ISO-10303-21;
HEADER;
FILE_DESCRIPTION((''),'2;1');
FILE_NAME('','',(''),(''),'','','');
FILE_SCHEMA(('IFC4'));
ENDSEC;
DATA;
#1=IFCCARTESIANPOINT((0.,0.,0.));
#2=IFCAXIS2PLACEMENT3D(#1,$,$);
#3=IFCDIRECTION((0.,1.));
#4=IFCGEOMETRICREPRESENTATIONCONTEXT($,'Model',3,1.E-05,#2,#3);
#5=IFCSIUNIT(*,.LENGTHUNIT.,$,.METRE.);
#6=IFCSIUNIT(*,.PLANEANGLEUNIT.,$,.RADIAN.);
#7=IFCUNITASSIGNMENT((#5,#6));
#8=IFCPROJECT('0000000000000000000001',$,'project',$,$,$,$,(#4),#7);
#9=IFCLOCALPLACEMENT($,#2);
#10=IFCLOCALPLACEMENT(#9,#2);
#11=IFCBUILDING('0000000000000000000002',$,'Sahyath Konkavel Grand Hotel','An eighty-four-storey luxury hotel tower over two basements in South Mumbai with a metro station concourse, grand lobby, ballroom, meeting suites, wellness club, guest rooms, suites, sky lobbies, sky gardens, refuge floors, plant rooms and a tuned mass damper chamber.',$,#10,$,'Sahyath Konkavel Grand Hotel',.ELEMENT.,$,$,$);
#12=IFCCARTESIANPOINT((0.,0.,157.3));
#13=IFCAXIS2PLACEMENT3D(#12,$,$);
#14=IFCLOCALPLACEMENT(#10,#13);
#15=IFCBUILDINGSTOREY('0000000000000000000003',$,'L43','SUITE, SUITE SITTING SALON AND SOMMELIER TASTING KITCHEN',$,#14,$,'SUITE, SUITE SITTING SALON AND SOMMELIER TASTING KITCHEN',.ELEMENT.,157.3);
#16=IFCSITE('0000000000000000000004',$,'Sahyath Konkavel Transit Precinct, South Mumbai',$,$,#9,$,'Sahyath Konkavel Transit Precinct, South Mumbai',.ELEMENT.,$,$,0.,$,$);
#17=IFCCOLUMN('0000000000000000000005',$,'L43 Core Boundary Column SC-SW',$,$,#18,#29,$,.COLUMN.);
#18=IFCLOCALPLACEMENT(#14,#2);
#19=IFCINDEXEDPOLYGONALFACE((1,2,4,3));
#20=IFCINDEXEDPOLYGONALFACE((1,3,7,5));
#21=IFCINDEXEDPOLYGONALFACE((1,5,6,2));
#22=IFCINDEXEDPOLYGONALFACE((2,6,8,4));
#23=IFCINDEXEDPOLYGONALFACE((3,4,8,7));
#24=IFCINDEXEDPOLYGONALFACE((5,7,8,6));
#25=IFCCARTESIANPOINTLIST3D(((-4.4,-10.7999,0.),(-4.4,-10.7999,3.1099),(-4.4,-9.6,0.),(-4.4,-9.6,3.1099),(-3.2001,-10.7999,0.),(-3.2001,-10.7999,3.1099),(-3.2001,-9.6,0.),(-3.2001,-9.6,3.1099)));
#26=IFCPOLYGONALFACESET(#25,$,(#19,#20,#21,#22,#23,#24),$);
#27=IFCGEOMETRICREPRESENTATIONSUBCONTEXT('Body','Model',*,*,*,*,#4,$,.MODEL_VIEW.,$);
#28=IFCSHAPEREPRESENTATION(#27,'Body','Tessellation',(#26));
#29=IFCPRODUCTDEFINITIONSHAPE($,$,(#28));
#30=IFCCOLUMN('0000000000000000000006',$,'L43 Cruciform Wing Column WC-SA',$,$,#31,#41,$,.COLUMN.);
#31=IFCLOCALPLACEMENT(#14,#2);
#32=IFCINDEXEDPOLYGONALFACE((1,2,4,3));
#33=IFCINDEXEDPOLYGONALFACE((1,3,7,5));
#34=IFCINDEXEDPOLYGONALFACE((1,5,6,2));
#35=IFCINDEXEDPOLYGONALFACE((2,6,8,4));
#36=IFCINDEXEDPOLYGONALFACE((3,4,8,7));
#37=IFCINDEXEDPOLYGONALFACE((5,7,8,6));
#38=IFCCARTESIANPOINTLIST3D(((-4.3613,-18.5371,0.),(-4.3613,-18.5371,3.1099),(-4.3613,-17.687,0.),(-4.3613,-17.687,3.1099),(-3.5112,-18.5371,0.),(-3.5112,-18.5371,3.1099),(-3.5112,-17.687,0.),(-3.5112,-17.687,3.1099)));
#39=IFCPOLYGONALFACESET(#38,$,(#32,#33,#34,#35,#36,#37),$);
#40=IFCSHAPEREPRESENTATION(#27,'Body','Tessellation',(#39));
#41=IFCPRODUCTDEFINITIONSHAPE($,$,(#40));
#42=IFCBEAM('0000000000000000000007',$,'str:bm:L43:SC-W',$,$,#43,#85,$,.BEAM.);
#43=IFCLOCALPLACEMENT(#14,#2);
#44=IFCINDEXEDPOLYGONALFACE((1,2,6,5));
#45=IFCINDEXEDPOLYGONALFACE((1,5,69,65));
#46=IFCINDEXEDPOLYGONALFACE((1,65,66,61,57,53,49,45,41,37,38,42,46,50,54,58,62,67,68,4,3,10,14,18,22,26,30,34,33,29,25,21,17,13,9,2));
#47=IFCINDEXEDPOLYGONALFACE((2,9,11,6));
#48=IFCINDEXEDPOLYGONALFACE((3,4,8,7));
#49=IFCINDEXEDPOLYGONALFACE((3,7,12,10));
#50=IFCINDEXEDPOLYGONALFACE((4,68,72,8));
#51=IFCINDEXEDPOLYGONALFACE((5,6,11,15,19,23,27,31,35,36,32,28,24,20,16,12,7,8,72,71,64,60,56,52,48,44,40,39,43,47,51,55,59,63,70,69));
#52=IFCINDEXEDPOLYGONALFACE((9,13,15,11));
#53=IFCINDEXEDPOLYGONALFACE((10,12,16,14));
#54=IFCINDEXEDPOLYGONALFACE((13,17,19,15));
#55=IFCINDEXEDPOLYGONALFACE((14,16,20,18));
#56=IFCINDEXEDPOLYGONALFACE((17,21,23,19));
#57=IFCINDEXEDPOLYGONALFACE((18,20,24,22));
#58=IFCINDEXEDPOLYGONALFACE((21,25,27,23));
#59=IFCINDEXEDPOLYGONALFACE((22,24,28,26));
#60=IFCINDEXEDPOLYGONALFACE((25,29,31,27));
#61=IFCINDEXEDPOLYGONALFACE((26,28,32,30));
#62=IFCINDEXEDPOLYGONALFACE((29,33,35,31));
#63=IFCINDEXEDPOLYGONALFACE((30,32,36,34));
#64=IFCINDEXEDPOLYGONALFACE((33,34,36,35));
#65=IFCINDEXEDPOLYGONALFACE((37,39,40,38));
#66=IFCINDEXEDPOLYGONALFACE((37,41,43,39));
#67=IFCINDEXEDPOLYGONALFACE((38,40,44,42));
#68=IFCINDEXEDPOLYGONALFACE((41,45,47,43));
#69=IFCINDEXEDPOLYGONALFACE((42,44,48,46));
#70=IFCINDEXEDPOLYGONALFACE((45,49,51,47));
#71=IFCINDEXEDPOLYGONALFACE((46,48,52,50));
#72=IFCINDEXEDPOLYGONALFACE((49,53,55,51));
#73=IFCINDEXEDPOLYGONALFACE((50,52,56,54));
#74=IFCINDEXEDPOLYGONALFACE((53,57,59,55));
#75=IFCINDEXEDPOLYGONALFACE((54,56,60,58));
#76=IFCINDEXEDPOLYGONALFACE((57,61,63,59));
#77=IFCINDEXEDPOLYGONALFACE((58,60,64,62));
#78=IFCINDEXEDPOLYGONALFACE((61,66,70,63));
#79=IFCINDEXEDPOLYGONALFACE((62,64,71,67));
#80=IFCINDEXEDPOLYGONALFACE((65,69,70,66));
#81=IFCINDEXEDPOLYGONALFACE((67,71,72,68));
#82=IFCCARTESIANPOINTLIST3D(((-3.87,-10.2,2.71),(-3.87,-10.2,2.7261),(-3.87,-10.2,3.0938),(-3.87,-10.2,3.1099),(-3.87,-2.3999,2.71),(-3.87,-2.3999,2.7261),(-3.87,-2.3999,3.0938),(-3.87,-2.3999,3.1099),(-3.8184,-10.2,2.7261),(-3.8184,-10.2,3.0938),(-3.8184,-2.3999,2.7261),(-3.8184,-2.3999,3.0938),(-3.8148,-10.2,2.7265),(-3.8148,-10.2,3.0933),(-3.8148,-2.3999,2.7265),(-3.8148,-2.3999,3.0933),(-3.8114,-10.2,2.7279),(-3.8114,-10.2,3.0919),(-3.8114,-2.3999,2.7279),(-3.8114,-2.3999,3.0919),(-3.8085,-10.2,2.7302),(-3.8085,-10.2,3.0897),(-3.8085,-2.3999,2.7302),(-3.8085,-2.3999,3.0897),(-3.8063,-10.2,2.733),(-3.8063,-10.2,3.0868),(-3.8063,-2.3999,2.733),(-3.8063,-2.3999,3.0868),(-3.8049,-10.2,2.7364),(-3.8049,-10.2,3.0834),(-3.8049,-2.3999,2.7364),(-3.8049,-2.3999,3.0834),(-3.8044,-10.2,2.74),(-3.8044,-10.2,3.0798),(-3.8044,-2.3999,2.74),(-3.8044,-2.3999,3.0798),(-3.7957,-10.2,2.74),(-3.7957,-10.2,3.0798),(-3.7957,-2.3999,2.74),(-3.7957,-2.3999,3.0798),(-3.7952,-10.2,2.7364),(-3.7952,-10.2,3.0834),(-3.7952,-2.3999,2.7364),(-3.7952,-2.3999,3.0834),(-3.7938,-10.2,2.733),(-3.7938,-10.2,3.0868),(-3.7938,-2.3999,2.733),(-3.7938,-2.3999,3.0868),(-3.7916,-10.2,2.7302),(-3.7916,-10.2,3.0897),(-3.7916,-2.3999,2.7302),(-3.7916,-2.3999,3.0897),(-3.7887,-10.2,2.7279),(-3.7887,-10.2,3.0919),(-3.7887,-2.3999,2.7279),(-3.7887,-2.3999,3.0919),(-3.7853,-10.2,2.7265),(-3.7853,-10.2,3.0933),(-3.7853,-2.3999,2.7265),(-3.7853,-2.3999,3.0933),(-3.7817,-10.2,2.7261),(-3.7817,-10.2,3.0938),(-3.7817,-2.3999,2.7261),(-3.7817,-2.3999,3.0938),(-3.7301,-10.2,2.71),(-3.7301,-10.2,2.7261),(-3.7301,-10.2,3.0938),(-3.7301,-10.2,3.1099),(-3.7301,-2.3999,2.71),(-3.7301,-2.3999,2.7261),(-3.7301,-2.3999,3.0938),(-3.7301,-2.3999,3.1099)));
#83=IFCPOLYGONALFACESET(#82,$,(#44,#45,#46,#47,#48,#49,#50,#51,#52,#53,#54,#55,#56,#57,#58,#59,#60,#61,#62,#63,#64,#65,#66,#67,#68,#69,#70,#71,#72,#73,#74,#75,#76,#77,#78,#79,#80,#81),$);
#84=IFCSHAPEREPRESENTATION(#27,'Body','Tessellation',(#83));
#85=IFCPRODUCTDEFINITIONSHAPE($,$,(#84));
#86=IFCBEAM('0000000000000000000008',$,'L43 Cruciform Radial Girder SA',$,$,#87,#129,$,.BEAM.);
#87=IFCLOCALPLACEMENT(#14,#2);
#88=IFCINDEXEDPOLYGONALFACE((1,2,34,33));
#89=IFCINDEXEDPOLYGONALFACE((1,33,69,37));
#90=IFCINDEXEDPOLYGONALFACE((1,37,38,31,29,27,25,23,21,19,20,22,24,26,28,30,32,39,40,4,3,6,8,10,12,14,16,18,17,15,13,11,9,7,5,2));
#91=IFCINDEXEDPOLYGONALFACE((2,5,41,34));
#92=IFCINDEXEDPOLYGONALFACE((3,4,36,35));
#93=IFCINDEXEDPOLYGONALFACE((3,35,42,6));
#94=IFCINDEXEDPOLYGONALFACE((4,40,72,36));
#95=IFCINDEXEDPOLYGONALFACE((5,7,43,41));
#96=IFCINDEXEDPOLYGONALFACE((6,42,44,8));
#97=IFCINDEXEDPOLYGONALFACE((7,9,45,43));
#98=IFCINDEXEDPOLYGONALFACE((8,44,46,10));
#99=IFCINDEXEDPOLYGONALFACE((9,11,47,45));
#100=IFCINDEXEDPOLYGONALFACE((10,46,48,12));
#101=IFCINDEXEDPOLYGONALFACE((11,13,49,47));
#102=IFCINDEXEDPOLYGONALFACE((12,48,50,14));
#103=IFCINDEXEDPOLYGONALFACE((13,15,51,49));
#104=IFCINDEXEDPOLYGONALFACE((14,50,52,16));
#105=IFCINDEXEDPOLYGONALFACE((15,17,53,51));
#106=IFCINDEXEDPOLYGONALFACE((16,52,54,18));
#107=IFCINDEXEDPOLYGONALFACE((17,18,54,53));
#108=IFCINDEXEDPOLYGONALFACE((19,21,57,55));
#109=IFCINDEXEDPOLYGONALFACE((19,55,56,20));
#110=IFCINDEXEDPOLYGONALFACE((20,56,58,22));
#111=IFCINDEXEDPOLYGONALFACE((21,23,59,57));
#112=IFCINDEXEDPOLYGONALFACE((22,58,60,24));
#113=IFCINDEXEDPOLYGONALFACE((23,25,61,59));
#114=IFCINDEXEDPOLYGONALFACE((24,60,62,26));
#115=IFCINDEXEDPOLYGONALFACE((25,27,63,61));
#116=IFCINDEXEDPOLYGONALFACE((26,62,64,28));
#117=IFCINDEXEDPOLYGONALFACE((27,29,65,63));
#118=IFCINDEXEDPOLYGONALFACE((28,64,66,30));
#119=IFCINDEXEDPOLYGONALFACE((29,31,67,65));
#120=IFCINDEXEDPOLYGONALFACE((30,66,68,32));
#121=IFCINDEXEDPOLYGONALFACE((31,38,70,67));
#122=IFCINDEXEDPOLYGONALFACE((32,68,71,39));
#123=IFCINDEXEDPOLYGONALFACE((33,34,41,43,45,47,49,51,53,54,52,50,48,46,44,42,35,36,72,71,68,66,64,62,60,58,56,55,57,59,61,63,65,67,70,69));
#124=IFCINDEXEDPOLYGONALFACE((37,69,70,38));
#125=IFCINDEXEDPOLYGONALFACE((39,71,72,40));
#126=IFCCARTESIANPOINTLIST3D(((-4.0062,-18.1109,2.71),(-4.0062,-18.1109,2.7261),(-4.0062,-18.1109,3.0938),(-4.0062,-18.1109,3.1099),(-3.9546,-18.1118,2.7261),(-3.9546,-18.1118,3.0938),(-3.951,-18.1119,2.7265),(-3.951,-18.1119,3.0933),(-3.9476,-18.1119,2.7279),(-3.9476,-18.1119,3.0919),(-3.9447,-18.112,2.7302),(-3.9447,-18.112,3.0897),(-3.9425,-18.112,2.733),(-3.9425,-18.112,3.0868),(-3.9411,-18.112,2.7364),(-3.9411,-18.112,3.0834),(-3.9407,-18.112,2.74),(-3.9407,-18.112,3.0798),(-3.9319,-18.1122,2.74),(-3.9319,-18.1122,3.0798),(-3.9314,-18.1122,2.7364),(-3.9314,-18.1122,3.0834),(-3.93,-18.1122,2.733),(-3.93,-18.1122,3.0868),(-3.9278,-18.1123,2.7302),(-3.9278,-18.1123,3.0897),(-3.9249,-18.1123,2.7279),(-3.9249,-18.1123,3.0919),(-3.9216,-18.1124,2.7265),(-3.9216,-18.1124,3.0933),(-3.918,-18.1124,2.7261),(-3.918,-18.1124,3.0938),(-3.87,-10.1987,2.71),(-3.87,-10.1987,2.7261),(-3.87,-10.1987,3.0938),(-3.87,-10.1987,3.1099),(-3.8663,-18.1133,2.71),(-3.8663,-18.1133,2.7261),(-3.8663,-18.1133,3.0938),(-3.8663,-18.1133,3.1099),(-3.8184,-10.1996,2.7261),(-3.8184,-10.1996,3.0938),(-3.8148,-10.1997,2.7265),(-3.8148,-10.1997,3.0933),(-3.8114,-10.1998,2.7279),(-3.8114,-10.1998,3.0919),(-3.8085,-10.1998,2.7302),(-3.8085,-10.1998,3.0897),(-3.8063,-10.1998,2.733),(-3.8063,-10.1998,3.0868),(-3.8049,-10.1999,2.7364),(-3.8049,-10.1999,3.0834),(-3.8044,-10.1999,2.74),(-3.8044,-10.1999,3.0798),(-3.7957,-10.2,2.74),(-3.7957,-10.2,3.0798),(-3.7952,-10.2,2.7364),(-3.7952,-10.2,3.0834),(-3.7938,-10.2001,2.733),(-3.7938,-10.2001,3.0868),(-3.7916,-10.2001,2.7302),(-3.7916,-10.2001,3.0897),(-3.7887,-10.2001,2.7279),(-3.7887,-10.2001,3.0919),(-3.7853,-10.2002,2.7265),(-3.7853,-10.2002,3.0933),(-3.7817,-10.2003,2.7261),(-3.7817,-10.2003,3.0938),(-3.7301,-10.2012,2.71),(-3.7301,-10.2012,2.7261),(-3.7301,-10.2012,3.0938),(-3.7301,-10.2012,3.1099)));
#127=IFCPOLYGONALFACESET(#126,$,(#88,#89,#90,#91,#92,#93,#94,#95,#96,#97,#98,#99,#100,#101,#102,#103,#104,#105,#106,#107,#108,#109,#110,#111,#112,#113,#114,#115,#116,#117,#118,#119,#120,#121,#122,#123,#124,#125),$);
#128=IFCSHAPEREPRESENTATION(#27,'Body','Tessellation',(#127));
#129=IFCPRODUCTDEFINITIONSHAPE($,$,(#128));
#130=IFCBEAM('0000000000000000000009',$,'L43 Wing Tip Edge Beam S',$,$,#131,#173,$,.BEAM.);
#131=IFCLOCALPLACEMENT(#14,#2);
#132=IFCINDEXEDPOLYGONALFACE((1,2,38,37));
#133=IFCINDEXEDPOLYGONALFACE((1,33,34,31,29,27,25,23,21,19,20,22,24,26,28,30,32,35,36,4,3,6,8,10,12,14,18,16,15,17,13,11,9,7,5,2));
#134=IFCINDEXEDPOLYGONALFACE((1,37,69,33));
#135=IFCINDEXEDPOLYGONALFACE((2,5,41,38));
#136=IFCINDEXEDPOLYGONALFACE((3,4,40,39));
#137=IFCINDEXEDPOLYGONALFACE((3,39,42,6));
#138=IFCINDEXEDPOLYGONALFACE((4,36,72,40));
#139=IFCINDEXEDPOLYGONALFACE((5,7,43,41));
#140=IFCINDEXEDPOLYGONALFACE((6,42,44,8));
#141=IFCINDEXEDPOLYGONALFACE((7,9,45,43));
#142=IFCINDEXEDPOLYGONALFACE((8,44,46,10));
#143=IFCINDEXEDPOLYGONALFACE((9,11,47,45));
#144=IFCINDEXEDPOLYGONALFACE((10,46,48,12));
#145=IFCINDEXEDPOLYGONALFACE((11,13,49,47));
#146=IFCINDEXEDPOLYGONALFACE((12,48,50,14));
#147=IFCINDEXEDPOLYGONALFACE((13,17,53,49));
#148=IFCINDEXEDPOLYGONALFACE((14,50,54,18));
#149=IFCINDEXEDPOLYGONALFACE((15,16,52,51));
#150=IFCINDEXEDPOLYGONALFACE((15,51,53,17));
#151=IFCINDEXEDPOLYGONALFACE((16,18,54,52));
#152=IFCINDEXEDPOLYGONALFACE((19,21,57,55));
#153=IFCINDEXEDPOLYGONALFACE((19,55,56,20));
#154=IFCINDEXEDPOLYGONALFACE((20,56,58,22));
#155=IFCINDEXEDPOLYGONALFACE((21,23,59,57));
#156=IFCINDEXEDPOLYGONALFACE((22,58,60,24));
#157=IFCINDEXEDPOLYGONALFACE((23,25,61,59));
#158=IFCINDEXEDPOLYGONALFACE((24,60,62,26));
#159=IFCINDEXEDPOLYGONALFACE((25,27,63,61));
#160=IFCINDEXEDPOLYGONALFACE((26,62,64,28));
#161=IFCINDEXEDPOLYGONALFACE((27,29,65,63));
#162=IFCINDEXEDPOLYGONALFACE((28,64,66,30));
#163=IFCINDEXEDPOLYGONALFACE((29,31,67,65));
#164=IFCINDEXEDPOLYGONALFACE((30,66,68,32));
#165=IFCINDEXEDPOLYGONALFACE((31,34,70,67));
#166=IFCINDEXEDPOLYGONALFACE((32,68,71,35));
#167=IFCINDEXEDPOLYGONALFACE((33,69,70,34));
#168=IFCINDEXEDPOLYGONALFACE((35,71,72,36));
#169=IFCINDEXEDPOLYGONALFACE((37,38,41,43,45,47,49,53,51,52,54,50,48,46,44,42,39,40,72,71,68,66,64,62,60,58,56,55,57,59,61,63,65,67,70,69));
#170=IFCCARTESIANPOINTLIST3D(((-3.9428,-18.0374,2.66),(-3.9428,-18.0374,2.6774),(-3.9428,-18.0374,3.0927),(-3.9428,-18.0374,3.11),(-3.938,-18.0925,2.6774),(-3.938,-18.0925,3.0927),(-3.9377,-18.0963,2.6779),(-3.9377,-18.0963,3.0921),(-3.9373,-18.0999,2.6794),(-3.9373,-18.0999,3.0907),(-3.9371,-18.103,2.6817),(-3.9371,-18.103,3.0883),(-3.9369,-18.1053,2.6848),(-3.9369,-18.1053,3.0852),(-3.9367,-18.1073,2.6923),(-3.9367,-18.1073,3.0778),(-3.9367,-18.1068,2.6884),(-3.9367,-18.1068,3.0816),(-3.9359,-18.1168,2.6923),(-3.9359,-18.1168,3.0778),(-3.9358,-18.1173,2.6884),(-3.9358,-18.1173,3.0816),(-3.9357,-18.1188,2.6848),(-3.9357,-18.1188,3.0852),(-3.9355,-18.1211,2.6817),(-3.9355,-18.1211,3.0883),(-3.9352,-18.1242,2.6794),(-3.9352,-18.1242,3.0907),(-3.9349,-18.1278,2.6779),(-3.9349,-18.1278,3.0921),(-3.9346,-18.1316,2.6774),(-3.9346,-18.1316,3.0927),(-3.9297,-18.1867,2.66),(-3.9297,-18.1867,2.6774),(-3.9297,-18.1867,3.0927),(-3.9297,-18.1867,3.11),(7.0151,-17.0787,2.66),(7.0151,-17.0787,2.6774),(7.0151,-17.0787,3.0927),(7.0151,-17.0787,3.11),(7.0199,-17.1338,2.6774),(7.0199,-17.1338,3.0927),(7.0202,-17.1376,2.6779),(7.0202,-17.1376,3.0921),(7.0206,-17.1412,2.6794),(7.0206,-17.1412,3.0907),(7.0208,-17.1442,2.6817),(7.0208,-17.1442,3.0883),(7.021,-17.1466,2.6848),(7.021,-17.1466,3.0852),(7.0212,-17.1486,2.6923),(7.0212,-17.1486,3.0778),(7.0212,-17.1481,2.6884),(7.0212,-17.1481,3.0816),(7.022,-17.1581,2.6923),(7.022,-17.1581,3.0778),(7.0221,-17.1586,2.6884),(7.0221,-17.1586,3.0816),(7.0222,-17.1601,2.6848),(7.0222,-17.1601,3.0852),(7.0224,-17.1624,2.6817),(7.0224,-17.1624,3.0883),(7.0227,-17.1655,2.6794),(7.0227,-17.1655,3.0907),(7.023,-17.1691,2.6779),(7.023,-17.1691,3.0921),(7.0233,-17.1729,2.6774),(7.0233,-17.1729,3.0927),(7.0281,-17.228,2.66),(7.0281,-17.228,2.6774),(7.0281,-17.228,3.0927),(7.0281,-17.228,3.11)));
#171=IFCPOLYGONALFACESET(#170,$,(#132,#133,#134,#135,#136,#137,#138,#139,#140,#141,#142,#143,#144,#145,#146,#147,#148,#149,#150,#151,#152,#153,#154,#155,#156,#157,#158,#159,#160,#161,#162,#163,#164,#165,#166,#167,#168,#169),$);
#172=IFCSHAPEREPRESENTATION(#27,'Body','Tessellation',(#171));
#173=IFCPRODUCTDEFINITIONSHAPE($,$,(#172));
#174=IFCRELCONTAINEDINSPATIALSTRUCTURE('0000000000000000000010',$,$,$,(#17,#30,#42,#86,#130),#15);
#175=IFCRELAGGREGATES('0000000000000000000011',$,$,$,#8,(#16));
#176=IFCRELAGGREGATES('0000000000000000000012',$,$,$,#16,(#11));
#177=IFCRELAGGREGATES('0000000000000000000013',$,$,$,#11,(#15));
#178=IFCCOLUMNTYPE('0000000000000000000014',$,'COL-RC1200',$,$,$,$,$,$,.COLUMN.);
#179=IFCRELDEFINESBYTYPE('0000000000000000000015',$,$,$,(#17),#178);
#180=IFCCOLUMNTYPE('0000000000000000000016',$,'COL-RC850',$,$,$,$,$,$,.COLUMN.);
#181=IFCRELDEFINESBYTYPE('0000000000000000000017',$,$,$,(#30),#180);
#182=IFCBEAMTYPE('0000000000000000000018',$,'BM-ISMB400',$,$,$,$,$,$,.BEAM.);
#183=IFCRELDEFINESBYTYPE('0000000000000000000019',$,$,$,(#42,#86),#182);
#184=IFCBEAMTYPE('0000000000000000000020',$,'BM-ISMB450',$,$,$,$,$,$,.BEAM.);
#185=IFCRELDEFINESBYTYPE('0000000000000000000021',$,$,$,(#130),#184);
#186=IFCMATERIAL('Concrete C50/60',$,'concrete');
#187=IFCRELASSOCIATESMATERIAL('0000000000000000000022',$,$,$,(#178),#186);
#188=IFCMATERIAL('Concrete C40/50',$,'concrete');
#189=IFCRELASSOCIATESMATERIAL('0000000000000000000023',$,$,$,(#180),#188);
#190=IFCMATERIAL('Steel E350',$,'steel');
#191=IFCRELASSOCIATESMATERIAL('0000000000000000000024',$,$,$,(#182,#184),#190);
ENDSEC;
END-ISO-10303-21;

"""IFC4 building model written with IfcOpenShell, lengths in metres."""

from ifc_helpers import new_model, si_unit, direction, frame, origin, origin_2d, place, context, subcontext, project, spatial, rectangle, i_section, extrude, source, transform, mapped, material, material_profile, profile_set, type_object, element, save


model = new_model("IFC4")

# Units and contexts
model_context = context("Model", 3, precision=1e-05, world=origin(), true_north=direction((0.0, 1.0)))
body_context = subcontext(model_context, "Body", "Model", "MODEL_VIEW")
ifc_project = project(units=[si_unit("LENGTHUNIT", "METRE"), si_unit("PLANEANGLEUNIT", "RADIAN")], contexts=[model_context])

# Site, building, storey
site_placement = place(None, origin())
site = spatial("IfcSite", under=ifc_project, at=site_placement, Name="Sahyath Konkavel Transit Precinct, South Mumbai", LongName="Sahyath Konkavel Transit Precinct, South Mumbai", CompositionType="ELEMENT", RefElevation=0.0)
building_placement = place(site_placement, origin())
building = spatial("IfcBuilding", under=site, at=building_placement, Name="Sahyath Konkavel Grand Hotel", Description="An eighty-four-storey luxury hotel tower over two basements in South Mumbai with a metro station concourse, grand lobby, ballroom, meeting suites, wellness club, guest rooms, suites, sky lobbies, sky gardens, refuge floors, plant rooms and a tuned mass damper chamber.", LongName="Sahyath Konkavel Grand Hotel", CompositionType="ELEMENT")
storey_placement = place(building_placement, frame((0.0, 0.0, 157.3)))
storey = spatial("IfcBuildingStorey", under=building, at=storey_placement, Name="L43", Description="SUITE, SUITE SITTING SALON AND SOMMELIER TASTING KITCHEN", LongName="SUITE, SUITE SITTING SALON AND SOMMELIER TASTING KITCHEN", CompositionType="ELEMENT", Elevation=157.3)

# Columns
ifc_material_1 = material(Name="Concrete C50/60", Category="concrete")
ifc_material_profile_1 = material_profile(ifc_material_1, rectangle(XDim=1.2, YDim=1.2, at=origin_2d()), Name="RC 1200x1200")
ifc_profile_set_1 = profile_set([ifc_material_profile_1], Name="Concrete C50/60")
column_type_1 = type_object("IfcColumnType", Name="COL-RC1200", PredefinedType="COLUMN", material=ifc_profile_set_1)
shared_shape_1 = source(origin(), body_context, "Body", "SweptSolid", [
    extrude(rectangle(XDim=1.2, YDim=1.2, at=origin_2d()), origin(), (0.0, 0.0, 1.0), 3.1099),
])
column_1_placement = place(storey_placement, frame((-3.8, -10.2, 0.0), z_axis=(0.0, 0.0, 1.0), x_axis=(1.0, 0.0, 0.0)))
element("IfcColumn", 1, at=column_1_placement, inside=storey, type_object=column_type_1, Name="L43 Core Boundary Column SC-SW", PredefinedType="COLUMN", context=body_context, shape_type="MappedRepresentation", body=[
    mapped(shared_shape_1, transform((0.0, 0.0, 0.0), scale=1.0)),
])
ifc_material_2 = material(Name="Concrete C40/50", Category="concrete")
ifc_material_profile_2 = material_profile(ifc_material_2, rectangle(XDim=0.8501, YDim=0.8501, at=origin_2d()), Name="RC 850x850")
ifc_profile_set_2 = profile_set([ifc_material_profile_2], Name="Concrete C40/50")
column_type_2 = type_object("IfcColumnType", Name="COL-RC850", PredefinedType="COLUMN", material=ifc_profile_set_2)
shared_shape_2 = source(origin(), body_context, "Body", "SweptSolid", [
    extrude(rectangle(XDim=0.8501, YDim=0.8501, at=origin_2d()), origin(), (0.0, 0.0, 1.0), 3.1099),
])
column_2_placement = place(storey_placement, frame((-3.9363, -18.1121, 0.0), z_axis=(0.0, 0.0, 1.0), x_axis=(1.0, 0.0, 0.0)))
element("IfcColumn", 2, at=column_2_placement, inside=storey, type_object=column_type_2, Name="L43 Cruciform Wing Column WC-SA", PredefinedType="COLUMN", context=body_context, shape_type="MappedRepresentation", body=[
    mapped(shared_shape_2, transform((0.0, 0.0, 0.0), scale=1.0)),
])

# Beams
ifc_material_3 = material(Name="Steel E350", Category="steel")
ifc_material_profile_3 = material_profile(ifc_material_3, i_section(OverallWidth=0.1399, OverallDepth=0.3999, WebThickness=0.0088, FlangeThickness=0.0161, FilletRadius=0.0139, at=origin_2d()), Name="ISMB 400")
ifc_profile_set_3 = profile_set([ifc_material_profile_3], Name="Steel E350")
beam_type_1 = type_object("IfcBeamType", Name="BM-ISMB400", PredefinedType="BEAM", material=ifc_profile_set_3)
shared_shape_3 = source(origin(), body_context, "Body", "SweptSolid", [
    extrude(i_section(OverallWidth=0.1399, OverallDepth=0.3999, WebThickness=0.0088, FlangeThickness=0.0161, FilletRadius=0.0139, at=origin_2d()), origin(), (0.0, 0.0, 1.0), 7.8),
])
beam_1_placement = place(storey_placement, frame((-3.8, -10.2, 2.9099), z_axis=(0.0, 1.0, 0.0), x_axis=(-1.0, 0.0, 0.0)))
element("IfcBeam", 3, at=beam_1_placement, inside=storey, type_object=beam_type_1, Name="str:bm:L43:SC-W", PredefinedType="BEAM", context=body_context, shape_type="MappedRepresentation", body=[
    mapped(shared_shape_3, transform((0.0, 0.0, 0.0), scale=1.0)),
])
shared_shape_4 = source(origin(), body_context, "Body", "SweptSolid", [
    extrude(i_section(OverallWidth=0.1399, OverallDepth=0.3999, WebThickness=0.0088, FlangeThickness=0.0161, FilletRadius=0.0139, at=origin_2d()), origin(), (0.0, 0.0, 1.0), 7.9133),
])
beam_2_placement = place(storey_placement, frame((-3.8, -10.2, 2.9099), z_axis=(-0.017215, -0.999852, 0.0), x_axis=(0.999852, -0.017215, 0.0)))
element("IfcBeam", 4, at=beam_2_placement, inside=storey, type_object=beam_type_1, Name="L43 Cruciform Radial Girder SA", PredefinedType="BEAM", context=body_context, shape_type="MappedRepresentation", body=[
    mapped(shared_shape_4, transform((0.0, 0.0, 0.0), scale=1.0)),
])
ifc_material_profile_4 = material_profile(ifc_material_3, i_section(OverallWidth=0.1499, OverallDepth=0.45, WebThickness=0.0095, FlangeThickness=0.0173, FilletRadius=0.0149, at=origin_2d()), Name="ISMB 450")
ifc_profile_set_4 = profile_set([ifc_material_profile_4], Name="Steel E350")
beam_type_2 = type_object("IfcBeamType", Name="BM-ISMB450", PredefinedType="BEAM", material=ifc_profile_set_4)
shared_shape_5 = source(origin(), body_context, "Body", "SweptSolid", [
    extrude(i_section(OverallWidth=0.1499, OverallDepth=0.45, WebThickness=0.0095, FlangeThickness=0.0173, FilletRadius=0.0149, at=origin_2d()), origin(), (0.0, 0.0, 1.0), 10.9998),
])
beam_3_placement = place(storey_placement, frame((-3.9363, -18.1121, 2.885), z_axis=(0.996194, 0.087159, 0.0), x_axis=(-0.087159, 0.996194, 0.0)))
element("IfcBeam", 5, at=beam_3_placement, inside=storey, type_object=beam_type_2, Name="L43 Wing Tip Edge Beam S", PredefinedType="BEAM", context=body_context, shape_type="MappedRepresentation", body=[
    mapped(shared_shape_5, transform((0.0, 0.0, 0.0), scale=1.0)),
])

save(model, "model.ifc")
